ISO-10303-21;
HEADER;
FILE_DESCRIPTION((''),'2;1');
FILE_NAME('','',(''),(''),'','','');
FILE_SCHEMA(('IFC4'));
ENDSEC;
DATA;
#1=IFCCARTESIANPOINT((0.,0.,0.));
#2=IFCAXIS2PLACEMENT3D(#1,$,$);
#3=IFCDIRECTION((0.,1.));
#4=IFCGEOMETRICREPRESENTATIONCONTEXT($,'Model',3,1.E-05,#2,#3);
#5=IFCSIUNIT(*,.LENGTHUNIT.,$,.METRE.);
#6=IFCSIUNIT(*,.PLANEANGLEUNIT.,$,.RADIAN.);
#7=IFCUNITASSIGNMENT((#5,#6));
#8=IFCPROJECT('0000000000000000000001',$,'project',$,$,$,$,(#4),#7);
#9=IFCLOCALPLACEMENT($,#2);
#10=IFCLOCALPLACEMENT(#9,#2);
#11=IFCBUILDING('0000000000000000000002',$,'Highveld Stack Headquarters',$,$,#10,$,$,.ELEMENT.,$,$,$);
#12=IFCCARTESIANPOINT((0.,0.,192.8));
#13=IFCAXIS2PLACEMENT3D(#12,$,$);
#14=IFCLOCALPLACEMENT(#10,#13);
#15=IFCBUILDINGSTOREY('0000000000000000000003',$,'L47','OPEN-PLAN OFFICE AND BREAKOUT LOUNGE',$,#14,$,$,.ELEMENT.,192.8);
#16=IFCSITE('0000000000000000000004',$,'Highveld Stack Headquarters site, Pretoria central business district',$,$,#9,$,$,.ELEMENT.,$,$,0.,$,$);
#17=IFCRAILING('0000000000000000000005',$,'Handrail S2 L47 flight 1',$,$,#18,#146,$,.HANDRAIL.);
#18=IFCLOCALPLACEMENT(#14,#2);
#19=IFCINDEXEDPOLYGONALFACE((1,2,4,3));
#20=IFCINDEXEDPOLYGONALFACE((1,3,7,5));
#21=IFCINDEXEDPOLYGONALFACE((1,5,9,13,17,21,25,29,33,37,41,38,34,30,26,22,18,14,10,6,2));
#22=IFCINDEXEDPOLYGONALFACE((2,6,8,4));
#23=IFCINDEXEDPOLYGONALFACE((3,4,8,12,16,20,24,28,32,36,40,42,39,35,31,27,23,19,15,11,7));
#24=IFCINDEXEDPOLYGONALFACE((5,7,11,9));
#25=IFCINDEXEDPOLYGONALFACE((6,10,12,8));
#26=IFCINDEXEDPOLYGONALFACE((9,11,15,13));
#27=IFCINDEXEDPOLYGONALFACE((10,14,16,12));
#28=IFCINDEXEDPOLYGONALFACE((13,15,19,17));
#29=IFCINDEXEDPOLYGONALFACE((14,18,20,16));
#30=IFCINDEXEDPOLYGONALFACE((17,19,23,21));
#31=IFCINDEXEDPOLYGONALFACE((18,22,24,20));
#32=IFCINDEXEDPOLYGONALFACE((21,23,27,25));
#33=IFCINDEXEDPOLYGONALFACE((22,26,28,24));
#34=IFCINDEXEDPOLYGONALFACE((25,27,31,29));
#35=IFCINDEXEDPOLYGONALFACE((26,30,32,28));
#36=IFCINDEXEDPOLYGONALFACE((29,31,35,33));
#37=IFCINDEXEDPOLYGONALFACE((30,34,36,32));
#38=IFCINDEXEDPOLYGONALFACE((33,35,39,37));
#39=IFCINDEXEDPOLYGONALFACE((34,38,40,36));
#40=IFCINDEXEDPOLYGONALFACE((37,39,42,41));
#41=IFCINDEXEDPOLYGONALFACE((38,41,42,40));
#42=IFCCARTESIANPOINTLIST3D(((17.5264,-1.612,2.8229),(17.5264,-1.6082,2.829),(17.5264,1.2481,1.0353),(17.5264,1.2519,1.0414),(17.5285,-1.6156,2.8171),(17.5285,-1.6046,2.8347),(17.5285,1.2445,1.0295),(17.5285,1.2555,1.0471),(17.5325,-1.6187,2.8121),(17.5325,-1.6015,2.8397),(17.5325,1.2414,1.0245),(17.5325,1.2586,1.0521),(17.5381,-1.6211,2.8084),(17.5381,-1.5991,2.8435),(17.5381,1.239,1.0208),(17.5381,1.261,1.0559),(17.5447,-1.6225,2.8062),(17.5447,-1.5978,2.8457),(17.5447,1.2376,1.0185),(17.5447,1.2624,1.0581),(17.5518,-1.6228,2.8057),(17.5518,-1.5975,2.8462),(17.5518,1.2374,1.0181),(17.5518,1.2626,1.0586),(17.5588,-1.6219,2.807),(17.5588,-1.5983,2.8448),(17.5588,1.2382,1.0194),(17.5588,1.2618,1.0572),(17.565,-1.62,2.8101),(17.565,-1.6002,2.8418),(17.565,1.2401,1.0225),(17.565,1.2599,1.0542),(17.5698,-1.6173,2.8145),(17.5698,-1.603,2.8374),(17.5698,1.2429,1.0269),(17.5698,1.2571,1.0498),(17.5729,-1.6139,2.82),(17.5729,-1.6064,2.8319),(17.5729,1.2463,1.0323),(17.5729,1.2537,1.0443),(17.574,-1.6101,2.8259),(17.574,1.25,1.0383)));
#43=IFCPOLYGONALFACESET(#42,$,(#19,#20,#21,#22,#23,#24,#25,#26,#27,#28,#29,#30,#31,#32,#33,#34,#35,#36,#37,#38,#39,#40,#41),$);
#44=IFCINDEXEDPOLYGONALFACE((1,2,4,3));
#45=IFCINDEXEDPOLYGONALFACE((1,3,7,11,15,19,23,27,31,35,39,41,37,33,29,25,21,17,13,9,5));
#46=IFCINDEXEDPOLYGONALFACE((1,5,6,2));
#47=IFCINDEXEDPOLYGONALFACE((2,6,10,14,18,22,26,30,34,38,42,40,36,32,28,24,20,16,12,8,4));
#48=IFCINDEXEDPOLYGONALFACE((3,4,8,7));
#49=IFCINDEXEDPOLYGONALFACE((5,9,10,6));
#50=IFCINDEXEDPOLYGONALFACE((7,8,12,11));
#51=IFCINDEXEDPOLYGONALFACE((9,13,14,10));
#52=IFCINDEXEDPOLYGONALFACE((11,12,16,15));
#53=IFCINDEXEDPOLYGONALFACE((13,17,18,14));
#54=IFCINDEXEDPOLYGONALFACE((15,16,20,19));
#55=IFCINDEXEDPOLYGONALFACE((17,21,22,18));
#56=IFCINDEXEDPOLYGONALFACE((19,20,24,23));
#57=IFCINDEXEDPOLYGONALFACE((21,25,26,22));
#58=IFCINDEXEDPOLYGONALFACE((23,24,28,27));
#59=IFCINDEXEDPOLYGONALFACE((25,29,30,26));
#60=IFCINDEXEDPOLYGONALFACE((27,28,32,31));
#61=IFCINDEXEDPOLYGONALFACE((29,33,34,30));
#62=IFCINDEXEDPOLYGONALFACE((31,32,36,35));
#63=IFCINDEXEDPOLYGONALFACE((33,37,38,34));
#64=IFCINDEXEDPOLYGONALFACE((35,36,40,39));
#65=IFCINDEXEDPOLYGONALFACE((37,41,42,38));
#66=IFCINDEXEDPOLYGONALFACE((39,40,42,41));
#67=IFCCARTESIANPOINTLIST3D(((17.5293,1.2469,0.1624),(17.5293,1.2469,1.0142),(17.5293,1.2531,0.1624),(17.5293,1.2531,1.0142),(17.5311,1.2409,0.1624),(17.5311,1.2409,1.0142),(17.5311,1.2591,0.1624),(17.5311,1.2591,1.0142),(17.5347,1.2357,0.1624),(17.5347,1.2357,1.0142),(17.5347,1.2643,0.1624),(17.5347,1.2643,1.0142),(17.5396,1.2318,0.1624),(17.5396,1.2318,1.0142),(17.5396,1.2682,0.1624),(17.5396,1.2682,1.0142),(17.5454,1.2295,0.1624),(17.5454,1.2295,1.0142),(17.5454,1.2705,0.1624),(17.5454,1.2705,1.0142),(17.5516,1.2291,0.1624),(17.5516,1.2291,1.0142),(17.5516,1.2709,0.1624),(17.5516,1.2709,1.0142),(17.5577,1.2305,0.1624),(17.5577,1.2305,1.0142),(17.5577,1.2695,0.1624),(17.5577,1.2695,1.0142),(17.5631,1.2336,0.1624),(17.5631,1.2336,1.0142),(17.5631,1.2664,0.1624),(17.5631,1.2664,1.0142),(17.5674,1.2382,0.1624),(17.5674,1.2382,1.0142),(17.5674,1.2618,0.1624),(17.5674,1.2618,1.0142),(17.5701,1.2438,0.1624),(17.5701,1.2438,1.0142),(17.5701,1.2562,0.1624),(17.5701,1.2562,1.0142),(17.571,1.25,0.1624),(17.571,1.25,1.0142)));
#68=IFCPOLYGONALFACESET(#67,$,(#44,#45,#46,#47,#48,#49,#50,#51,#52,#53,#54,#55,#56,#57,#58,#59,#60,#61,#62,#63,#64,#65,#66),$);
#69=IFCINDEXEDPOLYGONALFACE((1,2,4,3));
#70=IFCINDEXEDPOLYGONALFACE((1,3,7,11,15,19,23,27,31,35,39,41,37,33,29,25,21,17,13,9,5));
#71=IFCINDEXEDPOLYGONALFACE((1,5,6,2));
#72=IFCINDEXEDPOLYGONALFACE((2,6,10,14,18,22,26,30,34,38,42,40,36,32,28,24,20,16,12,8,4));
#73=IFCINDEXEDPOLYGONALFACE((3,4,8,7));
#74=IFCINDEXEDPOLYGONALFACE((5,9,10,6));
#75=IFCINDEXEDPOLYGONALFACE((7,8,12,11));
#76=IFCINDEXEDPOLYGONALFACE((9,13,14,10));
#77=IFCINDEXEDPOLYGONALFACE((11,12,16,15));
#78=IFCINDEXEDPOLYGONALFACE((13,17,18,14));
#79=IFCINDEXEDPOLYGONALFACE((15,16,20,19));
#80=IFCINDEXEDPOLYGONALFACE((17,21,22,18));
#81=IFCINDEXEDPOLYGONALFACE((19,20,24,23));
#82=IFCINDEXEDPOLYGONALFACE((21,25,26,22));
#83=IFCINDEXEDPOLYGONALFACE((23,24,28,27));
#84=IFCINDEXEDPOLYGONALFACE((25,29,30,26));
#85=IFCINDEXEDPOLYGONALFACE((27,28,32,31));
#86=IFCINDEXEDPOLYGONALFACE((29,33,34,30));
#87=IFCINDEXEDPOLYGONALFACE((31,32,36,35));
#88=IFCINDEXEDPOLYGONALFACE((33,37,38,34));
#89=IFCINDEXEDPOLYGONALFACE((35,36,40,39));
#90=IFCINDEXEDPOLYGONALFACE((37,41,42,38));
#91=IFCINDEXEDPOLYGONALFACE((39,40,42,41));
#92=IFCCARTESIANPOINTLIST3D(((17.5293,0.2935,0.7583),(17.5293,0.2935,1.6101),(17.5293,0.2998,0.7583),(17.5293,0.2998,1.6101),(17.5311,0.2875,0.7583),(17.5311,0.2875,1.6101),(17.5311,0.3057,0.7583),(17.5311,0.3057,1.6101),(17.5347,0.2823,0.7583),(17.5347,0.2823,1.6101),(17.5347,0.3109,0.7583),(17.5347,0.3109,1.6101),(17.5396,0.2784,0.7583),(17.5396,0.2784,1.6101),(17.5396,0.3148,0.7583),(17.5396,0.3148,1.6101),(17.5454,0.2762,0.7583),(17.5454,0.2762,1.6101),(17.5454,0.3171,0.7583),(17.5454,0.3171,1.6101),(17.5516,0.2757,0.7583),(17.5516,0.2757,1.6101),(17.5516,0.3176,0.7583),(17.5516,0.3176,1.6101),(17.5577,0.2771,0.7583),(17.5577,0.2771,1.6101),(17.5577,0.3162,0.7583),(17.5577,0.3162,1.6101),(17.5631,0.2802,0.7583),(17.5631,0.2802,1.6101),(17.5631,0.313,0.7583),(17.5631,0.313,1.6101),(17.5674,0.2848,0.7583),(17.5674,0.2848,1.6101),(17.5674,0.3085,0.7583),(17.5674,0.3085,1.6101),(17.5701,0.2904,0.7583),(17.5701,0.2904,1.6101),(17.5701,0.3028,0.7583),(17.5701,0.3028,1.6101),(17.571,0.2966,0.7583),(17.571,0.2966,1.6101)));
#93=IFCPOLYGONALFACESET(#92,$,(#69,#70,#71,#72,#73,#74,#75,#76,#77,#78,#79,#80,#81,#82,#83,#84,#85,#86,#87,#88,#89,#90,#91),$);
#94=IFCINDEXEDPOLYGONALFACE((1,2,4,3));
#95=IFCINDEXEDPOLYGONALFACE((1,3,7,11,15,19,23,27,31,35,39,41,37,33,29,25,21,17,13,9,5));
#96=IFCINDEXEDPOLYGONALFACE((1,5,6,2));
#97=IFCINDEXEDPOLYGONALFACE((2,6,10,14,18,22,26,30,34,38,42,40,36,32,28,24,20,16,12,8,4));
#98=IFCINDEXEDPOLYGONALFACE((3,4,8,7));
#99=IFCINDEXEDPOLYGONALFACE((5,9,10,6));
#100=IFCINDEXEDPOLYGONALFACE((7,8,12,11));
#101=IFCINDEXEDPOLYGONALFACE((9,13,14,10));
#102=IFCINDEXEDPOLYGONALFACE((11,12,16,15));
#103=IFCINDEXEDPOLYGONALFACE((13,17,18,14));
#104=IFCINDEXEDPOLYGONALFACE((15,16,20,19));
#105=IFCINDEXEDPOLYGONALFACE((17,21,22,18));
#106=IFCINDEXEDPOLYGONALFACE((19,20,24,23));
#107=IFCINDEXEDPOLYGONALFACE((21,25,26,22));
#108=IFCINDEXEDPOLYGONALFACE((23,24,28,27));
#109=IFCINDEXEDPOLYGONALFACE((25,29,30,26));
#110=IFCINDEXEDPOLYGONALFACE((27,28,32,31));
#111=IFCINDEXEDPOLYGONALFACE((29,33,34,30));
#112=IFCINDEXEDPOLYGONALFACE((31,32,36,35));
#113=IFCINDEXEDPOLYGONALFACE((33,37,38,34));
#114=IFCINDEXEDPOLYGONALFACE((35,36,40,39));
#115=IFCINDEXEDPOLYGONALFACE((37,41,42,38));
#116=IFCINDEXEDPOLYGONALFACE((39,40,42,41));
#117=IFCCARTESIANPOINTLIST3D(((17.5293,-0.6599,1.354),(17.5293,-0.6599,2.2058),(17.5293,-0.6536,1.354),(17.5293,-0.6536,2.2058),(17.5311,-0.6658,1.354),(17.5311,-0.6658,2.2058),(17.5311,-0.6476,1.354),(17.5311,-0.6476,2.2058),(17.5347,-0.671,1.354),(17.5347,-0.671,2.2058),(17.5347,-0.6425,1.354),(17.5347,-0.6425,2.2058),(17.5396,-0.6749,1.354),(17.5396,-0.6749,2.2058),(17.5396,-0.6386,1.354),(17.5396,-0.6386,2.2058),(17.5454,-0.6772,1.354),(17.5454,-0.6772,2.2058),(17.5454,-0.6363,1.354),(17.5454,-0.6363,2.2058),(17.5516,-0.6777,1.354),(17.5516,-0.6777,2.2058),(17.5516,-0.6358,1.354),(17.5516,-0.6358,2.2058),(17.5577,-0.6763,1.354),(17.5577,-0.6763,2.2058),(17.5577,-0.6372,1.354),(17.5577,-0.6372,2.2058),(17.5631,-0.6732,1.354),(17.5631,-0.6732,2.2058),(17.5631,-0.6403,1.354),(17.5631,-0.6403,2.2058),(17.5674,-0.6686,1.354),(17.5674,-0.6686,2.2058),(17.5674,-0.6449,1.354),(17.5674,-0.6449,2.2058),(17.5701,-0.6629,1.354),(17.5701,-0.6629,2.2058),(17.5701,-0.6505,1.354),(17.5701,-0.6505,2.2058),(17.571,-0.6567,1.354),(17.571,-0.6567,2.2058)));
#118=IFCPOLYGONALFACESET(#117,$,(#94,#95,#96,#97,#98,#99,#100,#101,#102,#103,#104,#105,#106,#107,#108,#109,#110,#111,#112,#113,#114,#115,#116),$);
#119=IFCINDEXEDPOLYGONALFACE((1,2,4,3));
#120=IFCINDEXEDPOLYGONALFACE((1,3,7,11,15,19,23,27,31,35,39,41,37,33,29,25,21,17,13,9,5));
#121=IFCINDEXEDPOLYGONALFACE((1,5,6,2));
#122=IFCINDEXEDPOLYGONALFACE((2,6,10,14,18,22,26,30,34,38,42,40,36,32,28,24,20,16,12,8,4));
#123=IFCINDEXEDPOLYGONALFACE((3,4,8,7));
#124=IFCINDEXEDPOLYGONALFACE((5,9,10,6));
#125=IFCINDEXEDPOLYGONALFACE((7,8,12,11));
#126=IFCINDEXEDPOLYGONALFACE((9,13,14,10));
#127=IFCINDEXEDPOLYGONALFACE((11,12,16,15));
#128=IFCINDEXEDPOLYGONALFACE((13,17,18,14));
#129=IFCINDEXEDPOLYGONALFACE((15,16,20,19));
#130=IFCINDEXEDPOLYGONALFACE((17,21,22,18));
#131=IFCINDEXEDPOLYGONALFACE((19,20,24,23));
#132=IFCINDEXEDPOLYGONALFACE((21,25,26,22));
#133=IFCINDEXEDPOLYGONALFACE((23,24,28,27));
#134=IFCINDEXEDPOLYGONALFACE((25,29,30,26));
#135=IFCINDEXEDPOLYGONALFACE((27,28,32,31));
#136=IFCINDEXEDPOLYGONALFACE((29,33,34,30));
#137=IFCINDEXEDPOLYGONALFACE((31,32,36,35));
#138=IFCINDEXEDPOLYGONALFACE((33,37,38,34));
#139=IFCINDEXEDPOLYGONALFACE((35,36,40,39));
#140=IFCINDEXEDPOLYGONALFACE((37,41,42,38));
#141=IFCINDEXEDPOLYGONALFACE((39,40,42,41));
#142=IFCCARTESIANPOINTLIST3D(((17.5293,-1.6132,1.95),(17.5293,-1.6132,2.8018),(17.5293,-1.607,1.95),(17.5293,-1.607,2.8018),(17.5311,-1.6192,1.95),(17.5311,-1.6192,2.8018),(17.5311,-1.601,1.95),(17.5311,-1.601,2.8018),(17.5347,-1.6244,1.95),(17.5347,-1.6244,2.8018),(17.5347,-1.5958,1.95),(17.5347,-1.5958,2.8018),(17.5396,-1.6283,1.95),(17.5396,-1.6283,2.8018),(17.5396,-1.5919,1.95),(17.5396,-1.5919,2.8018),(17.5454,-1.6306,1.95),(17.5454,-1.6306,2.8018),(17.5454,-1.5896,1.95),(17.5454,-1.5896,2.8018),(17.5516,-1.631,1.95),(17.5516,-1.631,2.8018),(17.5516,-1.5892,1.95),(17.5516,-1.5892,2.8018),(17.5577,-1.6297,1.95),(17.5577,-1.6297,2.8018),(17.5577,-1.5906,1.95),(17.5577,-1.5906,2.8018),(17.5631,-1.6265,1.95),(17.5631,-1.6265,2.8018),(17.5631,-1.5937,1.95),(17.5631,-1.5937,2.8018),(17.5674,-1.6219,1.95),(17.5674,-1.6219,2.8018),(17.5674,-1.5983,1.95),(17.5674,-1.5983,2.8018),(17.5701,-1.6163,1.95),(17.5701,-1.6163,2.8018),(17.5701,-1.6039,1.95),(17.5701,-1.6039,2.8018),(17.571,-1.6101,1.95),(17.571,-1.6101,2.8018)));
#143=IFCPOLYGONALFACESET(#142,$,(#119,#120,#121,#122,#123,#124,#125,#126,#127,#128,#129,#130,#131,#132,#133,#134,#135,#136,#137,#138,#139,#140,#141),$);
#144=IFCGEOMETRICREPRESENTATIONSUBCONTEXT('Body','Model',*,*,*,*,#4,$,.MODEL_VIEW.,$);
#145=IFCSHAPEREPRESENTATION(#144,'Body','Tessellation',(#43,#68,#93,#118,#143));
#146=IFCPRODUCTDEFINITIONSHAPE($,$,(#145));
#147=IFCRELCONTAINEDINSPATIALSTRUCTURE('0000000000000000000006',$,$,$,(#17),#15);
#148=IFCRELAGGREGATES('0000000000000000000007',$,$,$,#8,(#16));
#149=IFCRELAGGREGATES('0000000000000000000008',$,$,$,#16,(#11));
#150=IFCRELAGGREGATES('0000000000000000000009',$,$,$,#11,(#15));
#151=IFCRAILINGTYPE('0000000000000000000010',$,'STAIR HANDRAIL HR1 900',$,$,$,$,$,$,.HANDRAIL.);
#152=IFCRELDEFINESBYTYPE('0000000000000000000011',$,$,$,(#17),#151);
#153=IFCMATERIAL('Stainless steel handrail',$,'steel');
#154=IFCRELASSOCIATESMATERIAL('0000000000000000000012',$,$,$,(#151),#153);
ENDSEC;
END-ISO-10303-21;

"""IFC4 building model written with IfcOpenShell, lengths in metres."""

from ifc_helpers import new_model, si_unit, direction, frame, origin, origin_2d, place, context, subcontext, project, spatial, circle, extrude, material, type_object, element, save


model = new_model("IFC4")

# Units and contexts
model_context = context("Model", 3, precision=1e-05, world=origin(), true_north=direction((0.0, 1.0)))
body_context = subcontext(model_context, "Body", "Model", "MODEL_VIEW")
ifc_project = project(units=[si_unit("LENGTHUNIT", "METRE"), si_unit("PLANEANGLEUNIT", "RADIAN")], contexts=[model_context])

# Site, building, storey
site_placement = place(None, origin())
site = spatial("IfcSite", under=ifc_project, at=site_placement, Name="Highveld Stack Headquarters site, Pretoria central business district", CompositionType="ELEMENT", RefElevation=0.0)
building_placement = place(site_placement, origin())
building = spatial("IfcBuilding", under=site, at=building_placement, Name="Highveld Stack Headquarters", CompositionType="ELEMENT")
storey_placement = place(building_placement, frame((0.0, 0.0, 192.8)))
storey = spatial("IfcBuildingStorey", under=building, at=storey_placement, Name="L47", Description="OPEN-PLAN OFFICE AND BREAKOUT LOUNGE", CompositionType="ELEMENT", Elevation=192.8)

# Railing
ifc_material_1 = material(Name="Stainless steel handrail", Category="steel")
railing_type = type_object("IfcRailingType", Name="STAIR HANDRAIL HR1 900", PredefinedType="HANDRAIL", material=ifc_material_1)
for number, where, name in (
    (1, (17.55, 1.25, 0.1624), "Handrail S2 L47 flight 1"),
):
    element("IfcRailing", number, at=place(storey_placement, frame(where)), inside=storey, type_object=railing_type, Name=name, PredefinedType="HANDRAIL", context=body_context, shape_type="SweptSolid", body=[
        extrude(circle(Radius=0.0239, at=origin_2d()), frame((0.0, 0.0, 0.876), z_axis=(0.0, -0.847994, 0.530005), x_axis=(1.0, 0.0, 0.0)), (0.0, 0.0, 1.0), 3.3728),
        extrude(circle(Radius=0.021, at=origin_2d()), origin(), (0.0, 0.0, 1.0), 0.8518),
        extrude(circle(Radius=0.021, at=origin_2d()), frame((0.0, -0.9534, 0.5959)), (0.0, 0.0, 1.0), 0.8518),
        extrude(circle(Radius=0.021, at=origin_2d()), frame((0.0, -1.9067, 1.1917)), (0.0, 0.0, 1.0), 0.8518),
        extrude(circle(Radius=0.021, at=origin_2d()), frame((0.0, -2.8601, 1.7876)), (0.0, 0.0, 1.0), 0.8518),
    ])

save(model, "model.ifc")
